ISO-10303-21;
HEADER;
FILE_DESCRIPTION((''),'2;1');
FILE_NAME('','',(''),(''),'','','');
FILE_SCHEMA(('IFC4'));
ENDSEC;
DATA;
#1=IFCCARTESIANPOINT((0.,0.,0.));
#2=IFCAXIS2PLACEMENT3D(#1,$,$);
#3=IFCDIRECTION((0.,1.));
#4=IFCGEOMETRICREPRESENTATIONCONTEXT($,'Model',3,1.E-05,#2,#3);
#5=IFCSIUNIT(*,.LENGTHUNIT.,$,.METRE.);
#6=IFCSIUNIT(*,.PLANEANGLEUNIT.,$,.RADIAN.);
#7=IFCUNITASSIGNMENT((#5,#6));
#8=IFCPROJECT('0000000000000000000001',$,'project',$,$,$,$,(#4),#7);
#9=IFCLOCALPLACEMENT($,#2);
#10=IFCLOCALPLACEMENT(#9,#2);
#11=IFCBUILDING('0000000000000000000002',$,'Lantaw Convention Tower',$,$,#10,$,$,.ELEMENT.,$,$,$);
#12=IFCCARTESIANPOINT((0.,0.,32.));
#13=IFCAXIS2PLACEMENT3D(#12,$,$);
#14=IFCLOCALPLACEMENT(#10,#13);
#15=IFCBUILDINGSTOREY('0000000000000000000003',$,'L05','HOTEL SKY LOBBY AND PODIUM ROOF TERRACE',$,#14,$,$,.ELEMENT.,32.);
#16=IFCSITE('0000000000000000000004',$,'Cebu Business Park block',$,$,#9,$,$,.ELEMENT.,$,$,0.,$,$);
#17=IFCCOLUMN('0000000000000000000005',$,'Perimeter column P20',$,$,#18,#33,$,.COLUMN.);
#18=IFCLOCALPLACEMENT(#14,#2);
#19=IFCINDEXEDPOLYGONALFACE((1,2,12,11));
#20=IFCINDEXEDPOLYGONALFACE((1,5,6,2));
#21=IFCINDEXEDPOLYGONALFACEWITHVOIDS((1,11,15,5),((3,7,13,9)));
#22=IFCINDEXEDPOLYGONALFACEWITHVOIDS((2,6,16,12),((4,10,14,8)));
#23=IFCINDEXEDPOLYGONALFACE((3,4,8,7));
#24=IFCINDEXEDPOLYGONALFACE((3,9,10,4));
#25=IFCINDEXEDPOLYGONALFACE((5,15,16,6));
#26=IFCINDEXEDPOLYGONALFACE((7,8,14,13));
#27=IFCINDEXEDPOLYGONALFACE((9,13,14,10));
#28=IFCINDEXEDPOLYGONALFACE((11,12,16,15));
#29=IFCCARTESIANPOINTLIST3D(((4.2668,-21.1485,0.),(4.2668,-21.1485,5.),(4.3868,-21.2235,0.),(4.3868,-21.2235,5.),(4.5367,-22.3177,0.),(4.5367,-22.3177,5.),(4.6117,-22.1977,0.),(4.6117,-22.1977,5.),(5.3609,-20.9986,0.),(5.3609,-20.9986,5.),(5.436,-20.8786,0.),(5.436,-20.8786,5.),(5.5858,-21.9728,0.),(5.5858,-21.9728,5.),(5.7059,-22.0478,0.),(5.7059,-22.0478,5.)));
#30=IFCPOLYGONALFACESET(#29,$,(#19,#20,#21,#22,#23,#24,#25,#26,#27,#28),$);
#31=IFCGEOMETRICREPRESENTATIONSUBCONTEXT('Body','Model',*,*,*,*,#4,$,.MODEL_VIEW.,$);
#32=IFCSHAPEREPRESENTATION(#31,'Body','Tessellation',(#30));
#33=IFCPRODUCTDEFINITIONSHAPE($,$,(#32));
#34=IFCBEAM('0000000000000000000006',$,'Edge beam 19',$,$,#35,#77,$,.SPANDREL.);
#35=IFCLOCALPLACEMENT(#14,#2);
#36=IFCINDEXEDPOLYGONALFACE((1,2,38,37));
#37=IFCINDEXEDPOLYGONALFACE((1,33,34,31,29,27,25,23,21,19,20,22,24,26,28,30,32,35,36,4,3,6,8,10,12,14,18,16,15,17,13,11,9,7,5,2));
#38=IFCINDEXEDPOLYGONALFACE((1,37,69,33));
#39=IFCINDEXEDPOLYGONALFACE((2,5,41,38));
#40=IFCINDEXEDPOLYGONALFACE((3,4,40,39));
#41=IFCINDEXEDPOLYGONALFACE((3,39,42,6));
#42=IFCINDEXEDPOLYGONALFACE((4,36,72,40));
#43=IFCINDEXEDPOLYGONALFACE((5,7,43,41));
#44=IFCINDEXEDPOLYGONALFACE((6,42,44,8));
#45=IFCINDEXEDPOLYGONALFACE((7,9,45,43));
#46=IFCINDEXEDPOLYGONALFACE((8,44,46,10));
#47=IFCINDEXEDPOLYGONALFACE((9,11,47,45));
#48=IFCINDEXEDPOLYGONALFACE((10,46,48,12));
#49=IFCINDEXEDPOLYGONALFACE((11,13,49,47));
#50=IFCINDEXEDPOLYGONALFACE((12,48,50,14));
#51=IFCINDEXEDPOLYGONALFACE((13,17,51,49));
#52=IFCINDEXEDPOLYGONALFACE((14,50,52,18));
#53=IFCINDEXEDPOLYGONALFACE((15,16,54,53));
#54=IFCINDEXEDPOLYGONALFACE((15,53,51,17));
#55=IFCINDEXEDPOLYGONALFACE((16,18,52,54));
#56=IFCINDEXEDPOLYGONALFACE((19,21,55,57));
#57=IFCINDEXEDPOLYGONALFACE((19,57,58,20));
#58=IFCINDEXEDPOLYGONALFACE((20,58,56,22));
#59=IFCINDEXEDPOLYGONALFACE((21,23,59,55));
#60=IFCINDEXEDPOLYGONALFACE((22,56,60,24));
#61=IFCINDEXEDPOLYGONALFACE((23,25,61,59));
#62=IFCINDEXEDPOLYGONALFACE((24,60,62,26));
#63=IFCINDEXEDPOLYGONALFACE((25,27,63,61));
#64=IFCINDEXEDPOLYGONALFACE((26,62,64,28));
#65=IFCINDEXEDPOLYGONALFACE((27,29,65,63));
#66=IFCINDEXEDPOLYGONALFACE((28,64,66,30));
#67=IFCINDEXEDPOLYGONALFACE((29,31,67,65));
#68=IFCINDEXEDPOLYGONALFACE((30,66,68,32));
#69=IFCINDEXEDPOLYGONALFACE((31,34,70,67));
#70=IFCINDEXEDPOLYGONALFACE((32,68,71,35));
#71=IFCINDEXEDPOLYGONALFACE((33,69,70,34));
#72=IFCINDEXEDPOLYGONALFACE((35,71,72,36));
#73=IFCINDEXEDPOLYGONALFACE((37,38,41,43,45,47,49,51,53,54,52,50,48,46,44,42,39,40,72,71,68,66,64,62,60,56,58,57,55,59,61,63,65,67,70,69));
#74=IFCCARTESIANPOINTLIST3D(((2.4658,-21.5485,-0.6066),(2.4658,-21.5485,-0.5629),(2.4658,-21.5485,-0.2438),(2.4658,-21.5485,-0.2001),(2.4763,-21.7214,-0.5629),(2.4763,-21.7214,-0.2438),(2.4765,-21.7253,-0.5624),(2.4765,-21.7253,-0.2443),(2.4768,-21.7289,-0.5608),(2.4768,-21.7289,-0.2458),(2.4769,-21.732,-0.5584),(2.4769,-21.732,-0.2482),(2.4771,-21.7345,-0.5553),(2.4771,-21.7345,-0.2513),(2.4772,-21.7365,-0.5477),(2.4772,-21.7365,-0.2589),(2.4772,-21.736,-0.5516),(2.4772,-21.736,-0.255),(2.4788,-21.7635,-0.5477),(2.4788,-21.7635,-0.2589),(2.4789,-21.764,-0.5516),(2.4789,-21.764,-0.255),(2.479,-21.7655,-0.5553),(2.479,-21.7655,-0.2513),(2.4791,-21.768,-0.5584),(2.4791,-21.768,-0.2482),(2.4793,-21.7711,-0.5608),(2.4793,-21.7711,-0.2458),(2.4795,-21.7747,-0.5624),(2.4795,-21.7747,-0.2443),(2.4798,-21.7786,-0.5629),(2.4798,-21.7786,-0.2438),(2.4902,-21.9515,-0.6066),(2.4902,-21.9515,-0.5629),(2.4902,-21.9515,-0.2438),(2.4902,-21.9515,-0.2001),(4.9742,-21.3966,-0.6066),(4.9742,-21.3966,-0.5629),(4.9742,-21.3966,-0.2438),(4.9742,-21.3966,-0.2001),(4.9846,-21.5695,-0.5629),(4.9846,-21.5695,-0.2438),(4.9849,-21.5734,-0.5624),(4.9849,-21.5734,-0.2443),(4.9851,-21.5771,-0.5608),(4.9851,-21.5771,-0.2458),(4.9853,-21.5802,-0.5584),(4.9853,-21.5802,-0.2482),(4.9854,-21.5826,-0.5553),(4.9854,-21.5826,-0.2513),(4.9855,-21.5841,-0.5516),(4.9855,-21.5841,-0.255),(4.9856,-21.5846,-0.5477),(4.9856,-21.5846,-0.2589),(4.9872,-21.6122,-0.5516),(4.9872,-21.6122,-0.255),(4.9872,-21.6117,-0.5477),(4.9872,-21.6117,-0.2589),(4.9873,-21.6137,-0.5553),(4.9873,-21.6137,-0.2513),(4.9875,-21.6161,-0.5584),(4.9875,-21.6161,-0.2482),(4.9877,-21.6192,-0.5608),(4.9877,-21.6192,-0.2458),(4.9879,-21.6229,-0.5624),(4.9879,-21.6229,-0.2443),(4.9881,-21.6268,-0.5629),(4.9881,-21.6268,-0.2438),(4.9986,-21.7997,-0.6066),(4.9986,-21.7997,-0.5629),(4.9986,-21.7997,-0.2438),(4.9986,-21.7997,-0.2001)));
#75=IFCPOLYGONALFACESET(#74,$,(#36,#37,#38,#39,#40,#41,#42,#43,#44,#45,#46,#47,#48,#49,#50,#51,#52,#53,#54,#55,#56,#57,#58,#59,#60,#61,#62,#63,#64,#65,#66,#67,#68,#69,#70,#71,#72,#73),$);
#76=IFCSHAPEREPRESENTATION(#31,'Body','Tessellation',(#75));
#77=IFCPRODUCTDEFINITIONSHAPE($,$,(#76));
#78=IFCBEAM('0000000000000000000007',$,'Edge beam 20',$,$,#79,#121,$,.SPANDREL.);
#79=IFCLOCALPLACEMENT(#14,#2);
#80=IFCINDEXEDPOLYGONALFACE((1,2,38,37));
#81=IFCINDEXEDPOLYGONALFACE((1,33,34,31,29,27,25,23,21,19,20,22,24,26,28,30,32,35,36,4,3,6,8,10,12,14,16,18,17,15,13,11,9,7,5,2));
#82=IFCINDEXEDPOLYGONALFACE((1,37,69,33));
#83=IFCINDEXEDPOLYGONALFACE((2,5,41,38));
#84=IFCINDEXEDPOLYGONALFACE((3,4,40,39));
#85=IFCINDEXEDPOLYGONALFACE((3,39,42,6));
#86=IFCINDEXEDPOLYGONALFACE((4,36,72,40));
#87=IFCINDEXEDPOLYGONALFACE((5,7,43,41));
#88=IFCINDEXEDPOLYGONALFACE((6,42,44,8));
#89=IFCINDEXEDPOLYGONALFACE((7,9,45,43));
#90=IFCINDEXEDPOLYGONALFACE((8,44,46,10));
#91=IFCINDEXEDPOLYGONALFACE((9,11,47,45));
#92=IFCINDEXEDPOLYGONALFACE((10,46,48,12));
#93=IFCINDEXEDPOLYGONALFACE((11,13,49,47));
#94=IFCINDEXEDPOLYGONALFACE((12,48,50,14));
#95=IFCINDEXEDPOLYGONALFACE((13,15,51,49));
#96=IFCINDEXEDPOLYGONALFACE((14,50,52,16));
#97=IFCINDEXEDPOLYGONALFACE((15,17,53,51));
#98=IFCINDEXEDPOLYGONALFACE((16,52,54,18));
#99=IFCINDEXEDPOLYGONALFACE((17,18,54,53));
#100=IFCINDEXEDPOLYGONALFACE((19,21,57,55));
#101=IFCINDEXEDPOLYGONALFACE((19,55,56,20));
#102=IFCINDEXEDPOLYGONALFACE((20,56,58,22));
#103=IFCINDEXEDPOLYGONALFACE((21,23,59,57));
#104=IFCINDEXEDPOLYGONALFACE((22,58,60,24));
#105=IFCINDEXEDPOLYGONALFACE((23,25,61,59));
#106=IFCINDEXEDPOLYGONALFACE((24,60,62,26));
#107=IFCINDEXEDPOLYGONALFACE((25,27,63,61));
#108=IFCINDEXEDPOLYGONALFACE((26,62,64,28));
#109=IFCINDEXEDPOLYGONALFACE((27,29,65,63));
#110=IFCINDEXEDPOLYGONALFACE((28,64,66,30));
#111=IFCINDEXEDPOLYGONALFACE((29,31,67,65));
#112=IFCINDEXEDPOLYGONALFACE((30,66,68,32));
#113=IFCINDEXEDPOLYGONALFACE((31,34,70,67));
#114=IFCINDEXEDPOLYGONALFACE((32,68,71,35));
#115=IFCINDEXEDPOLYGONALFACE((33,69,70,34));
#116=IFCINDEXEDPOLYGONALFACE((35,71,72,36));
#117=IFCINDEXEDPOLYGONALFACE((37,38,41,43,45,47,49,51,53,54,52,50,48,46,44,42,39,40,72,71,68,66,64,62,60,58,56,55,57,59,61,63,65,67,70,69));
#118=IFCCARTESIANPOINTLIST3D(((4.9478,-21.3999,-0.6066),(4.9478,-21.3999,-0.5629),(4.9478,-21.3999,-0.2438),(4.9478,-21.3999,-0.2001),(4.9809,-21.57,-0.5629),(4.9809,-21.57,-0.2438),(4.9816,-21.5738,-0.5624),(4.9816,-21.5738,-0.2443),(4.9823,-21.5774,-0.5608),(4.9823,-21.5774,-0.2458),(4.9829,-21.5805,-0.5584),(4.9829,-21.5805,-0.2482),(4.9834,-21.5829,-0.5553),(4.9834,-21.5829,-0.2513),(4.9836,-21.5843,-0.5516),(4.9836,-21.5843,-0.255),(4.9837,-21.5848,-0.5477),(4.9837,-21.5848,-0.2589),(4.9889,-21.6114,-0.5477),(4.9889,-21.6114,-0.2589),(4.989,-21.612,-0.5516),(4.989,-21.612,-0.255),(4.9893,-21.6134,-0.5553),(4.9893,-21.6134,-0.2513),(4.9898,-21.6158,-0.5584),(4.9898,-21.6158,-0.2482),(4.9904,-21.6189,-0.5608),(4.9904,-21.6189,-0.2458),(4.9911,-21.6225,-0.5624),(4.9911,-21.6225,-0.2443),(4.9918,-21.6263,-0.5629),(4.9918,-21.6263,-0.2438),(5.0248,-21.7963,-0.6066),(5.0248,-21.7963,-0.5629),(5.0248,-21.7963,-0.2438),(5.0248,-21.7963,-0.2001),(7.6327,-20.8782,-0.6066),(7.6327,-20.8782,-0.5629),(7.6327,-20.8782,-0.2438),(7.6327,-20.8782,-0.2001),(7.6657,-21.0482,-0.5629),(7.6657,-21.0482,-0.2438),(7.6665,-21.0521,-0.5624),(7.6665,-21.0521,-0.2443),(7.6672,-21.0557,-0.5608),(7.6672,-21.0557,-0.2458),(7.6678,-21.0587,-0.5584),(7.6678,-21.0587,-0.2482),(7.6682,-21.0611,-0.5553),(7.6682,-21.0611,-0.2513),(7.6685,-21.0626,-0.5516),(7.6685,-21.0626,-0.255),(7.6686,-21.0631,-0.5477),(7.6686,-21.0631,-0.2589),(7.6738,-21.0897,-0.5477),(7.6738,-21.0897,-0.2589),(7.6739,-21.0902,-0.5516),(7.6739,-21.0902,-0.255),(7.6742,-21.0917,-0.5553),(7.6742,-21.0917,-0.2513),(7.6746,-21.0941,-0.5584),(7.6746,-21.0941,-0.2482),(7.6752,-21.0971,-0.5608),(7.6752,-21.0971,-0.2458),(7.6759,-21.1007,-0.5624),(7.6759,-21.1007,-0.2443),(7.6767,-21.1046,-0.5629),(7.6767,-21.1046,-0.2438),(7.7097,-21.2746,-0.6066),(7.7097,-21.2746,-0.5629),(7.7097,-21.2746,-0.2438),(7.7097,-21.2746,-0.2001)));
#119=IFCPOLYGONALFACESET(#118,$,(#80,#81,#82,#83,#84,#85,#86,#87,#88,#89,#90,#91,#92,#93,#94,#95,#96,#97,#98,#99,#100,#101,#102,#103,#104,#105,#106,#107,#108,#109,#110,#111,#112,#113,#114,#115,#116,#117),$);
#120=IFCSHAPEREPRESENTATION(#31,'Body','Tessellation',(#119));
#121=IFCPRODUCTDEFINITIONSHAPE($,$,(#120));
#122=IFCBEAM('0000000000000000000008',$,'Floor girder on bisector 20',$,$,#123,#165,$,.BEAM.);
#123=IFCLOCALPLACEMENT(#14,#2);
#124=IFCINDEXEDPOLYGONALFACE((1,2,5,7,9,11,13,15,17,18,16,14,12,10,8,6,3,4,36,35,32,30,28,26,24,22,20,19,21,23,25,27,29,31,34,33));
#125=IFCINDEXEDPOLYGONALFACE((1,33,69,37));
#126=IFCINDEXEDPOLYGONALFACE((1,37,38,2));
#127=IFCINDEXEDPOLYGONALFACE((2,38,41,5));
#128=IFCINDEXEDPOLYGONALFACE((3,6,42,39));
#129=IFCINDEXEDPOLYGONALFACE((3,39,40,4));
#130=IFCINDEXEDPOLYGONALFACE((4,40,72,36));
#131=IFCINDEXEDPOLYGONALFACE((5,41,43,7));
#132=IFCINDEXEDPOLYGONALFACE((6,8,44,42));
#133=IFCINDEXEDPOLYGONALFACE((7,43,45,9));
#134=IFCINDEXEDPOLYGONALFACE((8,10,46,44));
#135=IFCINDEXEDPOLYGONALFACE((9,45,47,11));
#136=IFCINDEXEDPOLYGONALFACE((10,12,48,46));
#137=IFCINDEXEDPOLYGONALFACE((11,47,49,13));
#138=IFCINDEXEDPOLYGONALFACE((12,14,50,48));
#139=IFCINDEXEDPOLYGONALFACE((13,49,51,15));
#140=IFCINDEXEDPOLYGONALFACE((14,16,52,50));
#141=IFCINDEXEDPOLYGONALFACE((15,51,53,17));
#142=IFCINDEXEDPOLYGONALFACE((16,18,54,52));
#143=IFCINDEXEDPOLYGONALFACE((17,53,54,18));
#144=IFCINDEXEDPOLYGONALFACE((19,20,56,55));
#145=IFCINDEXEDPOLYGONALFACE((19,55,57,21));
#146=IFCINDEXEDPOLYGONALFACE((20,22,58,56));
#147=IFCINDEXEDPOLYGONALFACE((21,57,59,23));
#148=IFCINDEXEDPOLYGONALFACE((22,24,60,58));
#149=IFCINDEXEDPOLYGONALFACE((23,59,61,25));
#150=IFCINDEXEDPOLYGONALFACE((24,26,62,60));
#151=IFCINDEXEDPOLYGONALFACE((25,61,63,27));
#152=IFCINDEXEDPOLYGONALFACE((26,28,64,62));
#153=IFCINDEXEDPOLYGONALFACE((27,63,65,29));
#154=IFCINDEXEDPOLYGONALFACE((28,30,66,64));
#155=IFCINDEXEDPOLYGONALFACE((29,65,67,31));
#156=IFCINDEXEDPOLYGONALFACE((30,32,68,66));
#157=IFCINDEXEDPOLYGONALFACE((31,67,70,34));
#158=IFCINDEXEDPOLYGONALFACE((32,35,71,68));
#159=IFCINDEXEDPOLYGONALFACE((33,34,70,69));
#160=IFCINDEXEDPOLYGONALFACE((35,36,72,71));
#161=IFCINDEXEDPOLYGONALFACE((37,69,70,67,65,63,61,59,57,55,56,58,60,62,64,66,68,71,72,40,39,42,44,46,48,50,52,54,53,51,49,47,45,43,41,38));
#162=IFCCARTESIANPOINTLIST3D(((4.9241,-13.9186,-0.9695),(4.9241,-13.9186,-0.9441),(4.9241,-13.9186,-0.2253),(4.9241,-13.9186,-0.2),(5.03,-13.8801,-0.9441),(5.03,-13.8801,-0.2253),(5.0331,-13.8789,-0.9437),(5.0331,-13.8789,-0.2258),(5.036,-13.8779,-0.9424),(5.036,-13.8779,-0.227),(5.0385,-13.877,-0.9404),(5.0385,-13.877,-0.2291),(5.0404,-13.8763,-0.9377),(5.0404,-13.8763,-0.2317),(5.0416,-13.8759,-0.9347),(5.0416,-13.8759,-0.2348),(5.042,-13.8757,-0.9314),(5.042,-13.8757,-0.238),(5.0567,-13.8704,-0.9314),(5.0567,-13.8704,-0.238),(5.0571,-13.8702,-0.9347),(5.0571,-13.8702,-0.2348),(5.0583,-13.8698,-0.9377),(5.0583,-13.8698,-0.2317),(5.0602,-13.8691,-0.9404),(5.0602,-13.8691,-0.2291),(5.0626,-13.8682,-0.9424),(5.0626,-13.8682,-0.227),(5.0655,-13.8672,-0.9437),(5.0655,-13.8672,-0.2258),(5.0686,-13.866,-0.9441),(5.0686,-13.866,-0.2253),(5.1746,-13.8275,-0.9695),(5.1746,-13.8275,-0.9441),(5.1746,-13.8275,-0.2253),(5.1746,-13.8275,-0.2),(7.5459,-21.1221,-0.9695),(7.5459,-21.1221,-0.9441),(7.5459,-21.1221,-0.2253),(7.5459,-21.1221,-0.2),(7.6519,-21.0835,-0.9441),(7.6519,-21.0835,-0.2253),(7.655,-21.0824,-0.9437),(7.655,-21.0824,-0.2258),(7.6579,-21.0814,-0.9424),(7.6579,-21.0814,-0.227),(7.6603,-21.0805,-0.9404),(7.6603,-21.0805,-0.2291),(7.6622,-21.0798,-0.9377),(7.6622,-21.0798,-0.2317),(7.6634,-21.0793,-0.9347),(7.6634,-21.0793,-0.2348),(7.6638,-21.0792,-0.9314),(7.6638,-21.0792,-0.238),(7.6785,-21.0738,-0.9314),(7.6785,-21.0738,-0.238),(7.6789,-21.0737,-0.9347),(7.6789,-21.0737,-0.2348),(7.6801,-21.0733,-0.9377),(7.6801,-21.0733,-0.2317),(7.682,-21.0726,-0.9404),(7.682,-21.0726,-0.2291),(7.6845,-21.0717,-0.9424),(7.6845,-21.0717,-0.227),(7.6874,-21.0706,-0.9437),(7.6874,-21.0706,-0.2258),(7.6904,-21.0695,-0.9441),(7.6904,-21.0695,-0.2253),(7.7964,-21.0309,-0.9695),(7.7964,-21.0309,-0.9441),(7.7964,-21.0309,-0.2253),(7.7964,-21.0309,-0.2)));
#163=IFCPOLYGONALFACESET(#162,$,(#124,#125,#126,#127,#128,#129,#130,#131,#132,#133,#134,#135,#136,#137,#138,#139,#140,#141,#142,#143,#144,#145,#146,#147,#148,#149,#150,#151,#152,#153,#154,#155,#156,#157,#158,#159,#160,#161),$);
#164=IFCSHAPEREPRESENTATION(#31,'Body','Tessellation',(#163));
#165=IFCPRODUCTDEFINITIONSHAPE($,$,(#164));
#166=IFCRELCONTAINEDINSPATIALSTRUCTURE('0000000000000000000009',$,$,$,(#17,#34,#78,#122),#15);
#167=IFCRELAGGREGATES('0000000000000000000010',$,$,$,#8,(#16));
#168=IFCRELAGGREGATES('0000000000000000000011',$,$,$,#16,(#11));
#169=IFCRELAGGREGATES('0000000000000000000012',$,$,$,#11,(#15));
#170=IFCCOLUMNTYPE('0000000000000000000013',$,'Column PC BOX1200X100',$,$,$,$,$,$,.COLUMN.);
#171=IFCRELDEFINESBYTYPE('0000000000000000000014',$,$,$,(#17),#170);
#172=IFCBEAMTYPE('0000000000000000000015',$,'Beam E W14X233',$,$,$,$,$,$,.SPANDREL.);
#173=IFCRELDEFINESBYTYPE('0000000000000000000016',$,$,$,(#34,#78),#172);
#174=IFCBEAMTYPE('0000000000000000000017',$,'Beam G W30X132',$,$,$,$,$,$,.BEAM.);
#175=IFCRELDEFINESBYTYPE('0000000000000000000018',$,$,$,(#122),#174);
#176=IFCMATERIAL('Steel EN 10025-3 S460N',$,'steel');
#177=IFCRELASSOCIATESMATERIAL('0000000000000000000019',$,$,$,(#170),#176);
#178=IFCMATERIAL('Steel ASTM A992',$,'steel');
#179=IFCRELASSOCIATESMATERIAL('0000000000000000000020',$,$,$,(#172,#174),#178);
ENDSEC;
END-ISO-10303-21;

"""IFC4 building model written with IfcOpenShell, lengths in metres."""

from ifc_helpers import new_model, si_unit, direction, frame, origin, origin_2d, place, context, subcontext, project, spatial, rectangle, hollow_rectangle, i_section, extrude, material, material_profile, profile_set, type_object, element, save


model = new_model("IFC4")

# Units and contexts
model_context = context("Model", 3, precision=1e-05, world=origin(), true_north=direction((0.0, 1.0)))
body_context = subcontext(model_context, "Body", "Model", "MODEL_VIEW")
ifc_project = project(units=[si_unit("LENGTHUNIT", "METRE"), si_unit("PLANEANGLEUNIT", "RADIAN")], contexts=[model_context])

# Site, building, storey
site_placement = place(None, origin())
site = spatial("IfcSite", under=ifc_project, at=site_placement, Name="Cebu Business Park block", CompositionType="ELEMENT", RefElevation=0.0)
building_placement = place(site_placement, origin())
building = spatial("IfcBuilding", under=site, at=building_placement, Name="Lantaw Convention Tower", CompositionType="ELEMENT")
storey_placement = place(building_placement, frame((0.0, 0.0, 32.0)))
storey = spatial("IfcBuildingStorey", under=building, at=storey_placement, Name="L05", Description="HOTEL SKY LOBBY AND PODIUM ROOF TERRACE", CompositionType="ELEMENT", Elevation=32.0)

# Column
ifc_material_1 = material(Name="Steel EN 10025-3 S460N", Category="steel")
ifc_material_profile_1 = material_profile(ifc_material_1, hollow_rectangle(XDim=1.2, YDim=1.2, WallThickness=0.1001, at=origin_2d()), Name="BOX1200X100")
ifc_material_2 = material(Name="Concrete C60/75", Category="concrete")
ifc_material_profile_2 = material_profile(ifc_material_2, rectangle(XDim=1.0, YDim=1.0, at=origin_2d()), Name="Concrete fill of BOX1200X100")
ifc_profile_set_1 = profile_set([ifc_material_profile_1, ifc_material_profile_2], Name="Steel EN 10025-3 S460N")
column_type = type_object("IfcColumnType", Name="Column PC BOX1200X100", PredefinedType="COLUMN", material=ifc_profile_set_1)
column_placement = place(storey_placement, frame((4.9863, -21.5981, 0.0), z_axis=(0.0, 0.0, 1.0), x_axis=(0.97437, 0.224951, 0.0)))
element("IfcColumn", 1, at=column_placement, inside=storey, type_object=column_type, Name="Perimeter column P20", PredefinedType="COLUMN", context=body_context, shape_type="SweptSolid", body=[
    extrude(hollow_rectangle(XDim=1.2, YDim=1.2, WallThickness=0.1001, at=origin_2d()), origin(), (0.0, 0.0, 1.0), 5.0),
])

# Beams
ifc_material_3 = material(Name="Steel ASTM A992", Category="steel")
ifc_material_profile_3 = material_profile(ifc_material_3, i_section(OverallWidth=0.4038, OverallDepth=0.4065, WebThickness=0.0271, FlangeThickness=0.0437, FilletRadius=0.0151, at=origin_2d()), Name="W14X233")
ifc_profile_set_2 = profile_set([ifc_material_profile_3], Name="Steel ASTM A992")
beam_type_1 = type_object("IfcBeamType", Name="Beam E W14X233", PredefinedType="SPANDREL", material=ifc_profile_set_2)
beam_1_placement = place(storey_placement, frame((2.478, -21.75, -0.4033), z_axis=(0.998172, 0.060431, 0.0), x_axis=(-0.060431, 0.998172, 0.0)))
element("IfcBeam", 2, at=beam_1_placement, inside=storey, type_object=beam_type_1, Name="Edge beam 19", PredefinedType="SPANDREL", context=body_context, shape_type="SweptSolid", body=[
    extrude(i_section(OverallWidth=0.4038, OverallDepth=0.4065, WebThickness=0.0271, FlangeThickness=0.0437, FilletRadius=0.0151, at=origin_2d()), origin(), (0.0, 0.0, 1.0), 2.5129),
])
beam_2_placement = place(storey_placement, frame((4.9863, -21.5981, -0.4033), z_axis=(0.981637, 0.190757, 0.0), x_axis=(-0.190757, 0.981637, 0.0)))
element("IfcBeam", 3, at=beam_2_placement, inside=storey, type_object=beam_type_1, Name="Edge beam 20", PredefinedType="SPANDREL", context=body_context, shape_type="SweptSolid", body=[
    extrude(i_section(OverallWidth=0.4038, OverallDepth=0.4065, WebThickness=0.0271, FlangeThickness=0.0437, FilletRadius=0.0151, at=origin_2d()), origin(), (0.0, 0.0, 1.0), 2.7351),
])
ifc_material_profile_4 = material_profile(ifc_material_3, i_section(OverallWidth=0.2666, OverallDepth=0.7695, WebThickness=0.0156, FlangeThickness=0.0254, FilletRadius=0.0127, at=origin_2d()), Name="W30X132")
ifc_profile_set_3 = profile_set([ifc_material_profile_4], Name="Steel ASTM A992")
beam_type_2 = type_object("IfcBeamType", Name="Beam G W30X132", PredefinedType="BEAM", material=ifc_profile_set_3)
beam_3_placement = place(storey_placement, frame((5.0493, -13.873, -0.5847), z_axis=(0.342022, -0.939692, 0.0), x_axis=(0.939692, 0.342022, 0.0)))
element("IfcBeam", 4, at=beam_3_placement, inside=storey, type_object=beam_type_2, Name="Floor girder on bisector 20", PredefinedType="BEAM", context=body_context, shape_type="SweptSolid", body=[
    extrude(i_section(OverallWidth=0.2666, OverallDepth=0.7695, WebThickness=0.0156, FlangeThickness=0.0254, FilletRadius=0.0127, at=origin_2d()), origin(), (0.0, 0.0, 1.0), 7.6658),
])

save(model, "model.ifc")
